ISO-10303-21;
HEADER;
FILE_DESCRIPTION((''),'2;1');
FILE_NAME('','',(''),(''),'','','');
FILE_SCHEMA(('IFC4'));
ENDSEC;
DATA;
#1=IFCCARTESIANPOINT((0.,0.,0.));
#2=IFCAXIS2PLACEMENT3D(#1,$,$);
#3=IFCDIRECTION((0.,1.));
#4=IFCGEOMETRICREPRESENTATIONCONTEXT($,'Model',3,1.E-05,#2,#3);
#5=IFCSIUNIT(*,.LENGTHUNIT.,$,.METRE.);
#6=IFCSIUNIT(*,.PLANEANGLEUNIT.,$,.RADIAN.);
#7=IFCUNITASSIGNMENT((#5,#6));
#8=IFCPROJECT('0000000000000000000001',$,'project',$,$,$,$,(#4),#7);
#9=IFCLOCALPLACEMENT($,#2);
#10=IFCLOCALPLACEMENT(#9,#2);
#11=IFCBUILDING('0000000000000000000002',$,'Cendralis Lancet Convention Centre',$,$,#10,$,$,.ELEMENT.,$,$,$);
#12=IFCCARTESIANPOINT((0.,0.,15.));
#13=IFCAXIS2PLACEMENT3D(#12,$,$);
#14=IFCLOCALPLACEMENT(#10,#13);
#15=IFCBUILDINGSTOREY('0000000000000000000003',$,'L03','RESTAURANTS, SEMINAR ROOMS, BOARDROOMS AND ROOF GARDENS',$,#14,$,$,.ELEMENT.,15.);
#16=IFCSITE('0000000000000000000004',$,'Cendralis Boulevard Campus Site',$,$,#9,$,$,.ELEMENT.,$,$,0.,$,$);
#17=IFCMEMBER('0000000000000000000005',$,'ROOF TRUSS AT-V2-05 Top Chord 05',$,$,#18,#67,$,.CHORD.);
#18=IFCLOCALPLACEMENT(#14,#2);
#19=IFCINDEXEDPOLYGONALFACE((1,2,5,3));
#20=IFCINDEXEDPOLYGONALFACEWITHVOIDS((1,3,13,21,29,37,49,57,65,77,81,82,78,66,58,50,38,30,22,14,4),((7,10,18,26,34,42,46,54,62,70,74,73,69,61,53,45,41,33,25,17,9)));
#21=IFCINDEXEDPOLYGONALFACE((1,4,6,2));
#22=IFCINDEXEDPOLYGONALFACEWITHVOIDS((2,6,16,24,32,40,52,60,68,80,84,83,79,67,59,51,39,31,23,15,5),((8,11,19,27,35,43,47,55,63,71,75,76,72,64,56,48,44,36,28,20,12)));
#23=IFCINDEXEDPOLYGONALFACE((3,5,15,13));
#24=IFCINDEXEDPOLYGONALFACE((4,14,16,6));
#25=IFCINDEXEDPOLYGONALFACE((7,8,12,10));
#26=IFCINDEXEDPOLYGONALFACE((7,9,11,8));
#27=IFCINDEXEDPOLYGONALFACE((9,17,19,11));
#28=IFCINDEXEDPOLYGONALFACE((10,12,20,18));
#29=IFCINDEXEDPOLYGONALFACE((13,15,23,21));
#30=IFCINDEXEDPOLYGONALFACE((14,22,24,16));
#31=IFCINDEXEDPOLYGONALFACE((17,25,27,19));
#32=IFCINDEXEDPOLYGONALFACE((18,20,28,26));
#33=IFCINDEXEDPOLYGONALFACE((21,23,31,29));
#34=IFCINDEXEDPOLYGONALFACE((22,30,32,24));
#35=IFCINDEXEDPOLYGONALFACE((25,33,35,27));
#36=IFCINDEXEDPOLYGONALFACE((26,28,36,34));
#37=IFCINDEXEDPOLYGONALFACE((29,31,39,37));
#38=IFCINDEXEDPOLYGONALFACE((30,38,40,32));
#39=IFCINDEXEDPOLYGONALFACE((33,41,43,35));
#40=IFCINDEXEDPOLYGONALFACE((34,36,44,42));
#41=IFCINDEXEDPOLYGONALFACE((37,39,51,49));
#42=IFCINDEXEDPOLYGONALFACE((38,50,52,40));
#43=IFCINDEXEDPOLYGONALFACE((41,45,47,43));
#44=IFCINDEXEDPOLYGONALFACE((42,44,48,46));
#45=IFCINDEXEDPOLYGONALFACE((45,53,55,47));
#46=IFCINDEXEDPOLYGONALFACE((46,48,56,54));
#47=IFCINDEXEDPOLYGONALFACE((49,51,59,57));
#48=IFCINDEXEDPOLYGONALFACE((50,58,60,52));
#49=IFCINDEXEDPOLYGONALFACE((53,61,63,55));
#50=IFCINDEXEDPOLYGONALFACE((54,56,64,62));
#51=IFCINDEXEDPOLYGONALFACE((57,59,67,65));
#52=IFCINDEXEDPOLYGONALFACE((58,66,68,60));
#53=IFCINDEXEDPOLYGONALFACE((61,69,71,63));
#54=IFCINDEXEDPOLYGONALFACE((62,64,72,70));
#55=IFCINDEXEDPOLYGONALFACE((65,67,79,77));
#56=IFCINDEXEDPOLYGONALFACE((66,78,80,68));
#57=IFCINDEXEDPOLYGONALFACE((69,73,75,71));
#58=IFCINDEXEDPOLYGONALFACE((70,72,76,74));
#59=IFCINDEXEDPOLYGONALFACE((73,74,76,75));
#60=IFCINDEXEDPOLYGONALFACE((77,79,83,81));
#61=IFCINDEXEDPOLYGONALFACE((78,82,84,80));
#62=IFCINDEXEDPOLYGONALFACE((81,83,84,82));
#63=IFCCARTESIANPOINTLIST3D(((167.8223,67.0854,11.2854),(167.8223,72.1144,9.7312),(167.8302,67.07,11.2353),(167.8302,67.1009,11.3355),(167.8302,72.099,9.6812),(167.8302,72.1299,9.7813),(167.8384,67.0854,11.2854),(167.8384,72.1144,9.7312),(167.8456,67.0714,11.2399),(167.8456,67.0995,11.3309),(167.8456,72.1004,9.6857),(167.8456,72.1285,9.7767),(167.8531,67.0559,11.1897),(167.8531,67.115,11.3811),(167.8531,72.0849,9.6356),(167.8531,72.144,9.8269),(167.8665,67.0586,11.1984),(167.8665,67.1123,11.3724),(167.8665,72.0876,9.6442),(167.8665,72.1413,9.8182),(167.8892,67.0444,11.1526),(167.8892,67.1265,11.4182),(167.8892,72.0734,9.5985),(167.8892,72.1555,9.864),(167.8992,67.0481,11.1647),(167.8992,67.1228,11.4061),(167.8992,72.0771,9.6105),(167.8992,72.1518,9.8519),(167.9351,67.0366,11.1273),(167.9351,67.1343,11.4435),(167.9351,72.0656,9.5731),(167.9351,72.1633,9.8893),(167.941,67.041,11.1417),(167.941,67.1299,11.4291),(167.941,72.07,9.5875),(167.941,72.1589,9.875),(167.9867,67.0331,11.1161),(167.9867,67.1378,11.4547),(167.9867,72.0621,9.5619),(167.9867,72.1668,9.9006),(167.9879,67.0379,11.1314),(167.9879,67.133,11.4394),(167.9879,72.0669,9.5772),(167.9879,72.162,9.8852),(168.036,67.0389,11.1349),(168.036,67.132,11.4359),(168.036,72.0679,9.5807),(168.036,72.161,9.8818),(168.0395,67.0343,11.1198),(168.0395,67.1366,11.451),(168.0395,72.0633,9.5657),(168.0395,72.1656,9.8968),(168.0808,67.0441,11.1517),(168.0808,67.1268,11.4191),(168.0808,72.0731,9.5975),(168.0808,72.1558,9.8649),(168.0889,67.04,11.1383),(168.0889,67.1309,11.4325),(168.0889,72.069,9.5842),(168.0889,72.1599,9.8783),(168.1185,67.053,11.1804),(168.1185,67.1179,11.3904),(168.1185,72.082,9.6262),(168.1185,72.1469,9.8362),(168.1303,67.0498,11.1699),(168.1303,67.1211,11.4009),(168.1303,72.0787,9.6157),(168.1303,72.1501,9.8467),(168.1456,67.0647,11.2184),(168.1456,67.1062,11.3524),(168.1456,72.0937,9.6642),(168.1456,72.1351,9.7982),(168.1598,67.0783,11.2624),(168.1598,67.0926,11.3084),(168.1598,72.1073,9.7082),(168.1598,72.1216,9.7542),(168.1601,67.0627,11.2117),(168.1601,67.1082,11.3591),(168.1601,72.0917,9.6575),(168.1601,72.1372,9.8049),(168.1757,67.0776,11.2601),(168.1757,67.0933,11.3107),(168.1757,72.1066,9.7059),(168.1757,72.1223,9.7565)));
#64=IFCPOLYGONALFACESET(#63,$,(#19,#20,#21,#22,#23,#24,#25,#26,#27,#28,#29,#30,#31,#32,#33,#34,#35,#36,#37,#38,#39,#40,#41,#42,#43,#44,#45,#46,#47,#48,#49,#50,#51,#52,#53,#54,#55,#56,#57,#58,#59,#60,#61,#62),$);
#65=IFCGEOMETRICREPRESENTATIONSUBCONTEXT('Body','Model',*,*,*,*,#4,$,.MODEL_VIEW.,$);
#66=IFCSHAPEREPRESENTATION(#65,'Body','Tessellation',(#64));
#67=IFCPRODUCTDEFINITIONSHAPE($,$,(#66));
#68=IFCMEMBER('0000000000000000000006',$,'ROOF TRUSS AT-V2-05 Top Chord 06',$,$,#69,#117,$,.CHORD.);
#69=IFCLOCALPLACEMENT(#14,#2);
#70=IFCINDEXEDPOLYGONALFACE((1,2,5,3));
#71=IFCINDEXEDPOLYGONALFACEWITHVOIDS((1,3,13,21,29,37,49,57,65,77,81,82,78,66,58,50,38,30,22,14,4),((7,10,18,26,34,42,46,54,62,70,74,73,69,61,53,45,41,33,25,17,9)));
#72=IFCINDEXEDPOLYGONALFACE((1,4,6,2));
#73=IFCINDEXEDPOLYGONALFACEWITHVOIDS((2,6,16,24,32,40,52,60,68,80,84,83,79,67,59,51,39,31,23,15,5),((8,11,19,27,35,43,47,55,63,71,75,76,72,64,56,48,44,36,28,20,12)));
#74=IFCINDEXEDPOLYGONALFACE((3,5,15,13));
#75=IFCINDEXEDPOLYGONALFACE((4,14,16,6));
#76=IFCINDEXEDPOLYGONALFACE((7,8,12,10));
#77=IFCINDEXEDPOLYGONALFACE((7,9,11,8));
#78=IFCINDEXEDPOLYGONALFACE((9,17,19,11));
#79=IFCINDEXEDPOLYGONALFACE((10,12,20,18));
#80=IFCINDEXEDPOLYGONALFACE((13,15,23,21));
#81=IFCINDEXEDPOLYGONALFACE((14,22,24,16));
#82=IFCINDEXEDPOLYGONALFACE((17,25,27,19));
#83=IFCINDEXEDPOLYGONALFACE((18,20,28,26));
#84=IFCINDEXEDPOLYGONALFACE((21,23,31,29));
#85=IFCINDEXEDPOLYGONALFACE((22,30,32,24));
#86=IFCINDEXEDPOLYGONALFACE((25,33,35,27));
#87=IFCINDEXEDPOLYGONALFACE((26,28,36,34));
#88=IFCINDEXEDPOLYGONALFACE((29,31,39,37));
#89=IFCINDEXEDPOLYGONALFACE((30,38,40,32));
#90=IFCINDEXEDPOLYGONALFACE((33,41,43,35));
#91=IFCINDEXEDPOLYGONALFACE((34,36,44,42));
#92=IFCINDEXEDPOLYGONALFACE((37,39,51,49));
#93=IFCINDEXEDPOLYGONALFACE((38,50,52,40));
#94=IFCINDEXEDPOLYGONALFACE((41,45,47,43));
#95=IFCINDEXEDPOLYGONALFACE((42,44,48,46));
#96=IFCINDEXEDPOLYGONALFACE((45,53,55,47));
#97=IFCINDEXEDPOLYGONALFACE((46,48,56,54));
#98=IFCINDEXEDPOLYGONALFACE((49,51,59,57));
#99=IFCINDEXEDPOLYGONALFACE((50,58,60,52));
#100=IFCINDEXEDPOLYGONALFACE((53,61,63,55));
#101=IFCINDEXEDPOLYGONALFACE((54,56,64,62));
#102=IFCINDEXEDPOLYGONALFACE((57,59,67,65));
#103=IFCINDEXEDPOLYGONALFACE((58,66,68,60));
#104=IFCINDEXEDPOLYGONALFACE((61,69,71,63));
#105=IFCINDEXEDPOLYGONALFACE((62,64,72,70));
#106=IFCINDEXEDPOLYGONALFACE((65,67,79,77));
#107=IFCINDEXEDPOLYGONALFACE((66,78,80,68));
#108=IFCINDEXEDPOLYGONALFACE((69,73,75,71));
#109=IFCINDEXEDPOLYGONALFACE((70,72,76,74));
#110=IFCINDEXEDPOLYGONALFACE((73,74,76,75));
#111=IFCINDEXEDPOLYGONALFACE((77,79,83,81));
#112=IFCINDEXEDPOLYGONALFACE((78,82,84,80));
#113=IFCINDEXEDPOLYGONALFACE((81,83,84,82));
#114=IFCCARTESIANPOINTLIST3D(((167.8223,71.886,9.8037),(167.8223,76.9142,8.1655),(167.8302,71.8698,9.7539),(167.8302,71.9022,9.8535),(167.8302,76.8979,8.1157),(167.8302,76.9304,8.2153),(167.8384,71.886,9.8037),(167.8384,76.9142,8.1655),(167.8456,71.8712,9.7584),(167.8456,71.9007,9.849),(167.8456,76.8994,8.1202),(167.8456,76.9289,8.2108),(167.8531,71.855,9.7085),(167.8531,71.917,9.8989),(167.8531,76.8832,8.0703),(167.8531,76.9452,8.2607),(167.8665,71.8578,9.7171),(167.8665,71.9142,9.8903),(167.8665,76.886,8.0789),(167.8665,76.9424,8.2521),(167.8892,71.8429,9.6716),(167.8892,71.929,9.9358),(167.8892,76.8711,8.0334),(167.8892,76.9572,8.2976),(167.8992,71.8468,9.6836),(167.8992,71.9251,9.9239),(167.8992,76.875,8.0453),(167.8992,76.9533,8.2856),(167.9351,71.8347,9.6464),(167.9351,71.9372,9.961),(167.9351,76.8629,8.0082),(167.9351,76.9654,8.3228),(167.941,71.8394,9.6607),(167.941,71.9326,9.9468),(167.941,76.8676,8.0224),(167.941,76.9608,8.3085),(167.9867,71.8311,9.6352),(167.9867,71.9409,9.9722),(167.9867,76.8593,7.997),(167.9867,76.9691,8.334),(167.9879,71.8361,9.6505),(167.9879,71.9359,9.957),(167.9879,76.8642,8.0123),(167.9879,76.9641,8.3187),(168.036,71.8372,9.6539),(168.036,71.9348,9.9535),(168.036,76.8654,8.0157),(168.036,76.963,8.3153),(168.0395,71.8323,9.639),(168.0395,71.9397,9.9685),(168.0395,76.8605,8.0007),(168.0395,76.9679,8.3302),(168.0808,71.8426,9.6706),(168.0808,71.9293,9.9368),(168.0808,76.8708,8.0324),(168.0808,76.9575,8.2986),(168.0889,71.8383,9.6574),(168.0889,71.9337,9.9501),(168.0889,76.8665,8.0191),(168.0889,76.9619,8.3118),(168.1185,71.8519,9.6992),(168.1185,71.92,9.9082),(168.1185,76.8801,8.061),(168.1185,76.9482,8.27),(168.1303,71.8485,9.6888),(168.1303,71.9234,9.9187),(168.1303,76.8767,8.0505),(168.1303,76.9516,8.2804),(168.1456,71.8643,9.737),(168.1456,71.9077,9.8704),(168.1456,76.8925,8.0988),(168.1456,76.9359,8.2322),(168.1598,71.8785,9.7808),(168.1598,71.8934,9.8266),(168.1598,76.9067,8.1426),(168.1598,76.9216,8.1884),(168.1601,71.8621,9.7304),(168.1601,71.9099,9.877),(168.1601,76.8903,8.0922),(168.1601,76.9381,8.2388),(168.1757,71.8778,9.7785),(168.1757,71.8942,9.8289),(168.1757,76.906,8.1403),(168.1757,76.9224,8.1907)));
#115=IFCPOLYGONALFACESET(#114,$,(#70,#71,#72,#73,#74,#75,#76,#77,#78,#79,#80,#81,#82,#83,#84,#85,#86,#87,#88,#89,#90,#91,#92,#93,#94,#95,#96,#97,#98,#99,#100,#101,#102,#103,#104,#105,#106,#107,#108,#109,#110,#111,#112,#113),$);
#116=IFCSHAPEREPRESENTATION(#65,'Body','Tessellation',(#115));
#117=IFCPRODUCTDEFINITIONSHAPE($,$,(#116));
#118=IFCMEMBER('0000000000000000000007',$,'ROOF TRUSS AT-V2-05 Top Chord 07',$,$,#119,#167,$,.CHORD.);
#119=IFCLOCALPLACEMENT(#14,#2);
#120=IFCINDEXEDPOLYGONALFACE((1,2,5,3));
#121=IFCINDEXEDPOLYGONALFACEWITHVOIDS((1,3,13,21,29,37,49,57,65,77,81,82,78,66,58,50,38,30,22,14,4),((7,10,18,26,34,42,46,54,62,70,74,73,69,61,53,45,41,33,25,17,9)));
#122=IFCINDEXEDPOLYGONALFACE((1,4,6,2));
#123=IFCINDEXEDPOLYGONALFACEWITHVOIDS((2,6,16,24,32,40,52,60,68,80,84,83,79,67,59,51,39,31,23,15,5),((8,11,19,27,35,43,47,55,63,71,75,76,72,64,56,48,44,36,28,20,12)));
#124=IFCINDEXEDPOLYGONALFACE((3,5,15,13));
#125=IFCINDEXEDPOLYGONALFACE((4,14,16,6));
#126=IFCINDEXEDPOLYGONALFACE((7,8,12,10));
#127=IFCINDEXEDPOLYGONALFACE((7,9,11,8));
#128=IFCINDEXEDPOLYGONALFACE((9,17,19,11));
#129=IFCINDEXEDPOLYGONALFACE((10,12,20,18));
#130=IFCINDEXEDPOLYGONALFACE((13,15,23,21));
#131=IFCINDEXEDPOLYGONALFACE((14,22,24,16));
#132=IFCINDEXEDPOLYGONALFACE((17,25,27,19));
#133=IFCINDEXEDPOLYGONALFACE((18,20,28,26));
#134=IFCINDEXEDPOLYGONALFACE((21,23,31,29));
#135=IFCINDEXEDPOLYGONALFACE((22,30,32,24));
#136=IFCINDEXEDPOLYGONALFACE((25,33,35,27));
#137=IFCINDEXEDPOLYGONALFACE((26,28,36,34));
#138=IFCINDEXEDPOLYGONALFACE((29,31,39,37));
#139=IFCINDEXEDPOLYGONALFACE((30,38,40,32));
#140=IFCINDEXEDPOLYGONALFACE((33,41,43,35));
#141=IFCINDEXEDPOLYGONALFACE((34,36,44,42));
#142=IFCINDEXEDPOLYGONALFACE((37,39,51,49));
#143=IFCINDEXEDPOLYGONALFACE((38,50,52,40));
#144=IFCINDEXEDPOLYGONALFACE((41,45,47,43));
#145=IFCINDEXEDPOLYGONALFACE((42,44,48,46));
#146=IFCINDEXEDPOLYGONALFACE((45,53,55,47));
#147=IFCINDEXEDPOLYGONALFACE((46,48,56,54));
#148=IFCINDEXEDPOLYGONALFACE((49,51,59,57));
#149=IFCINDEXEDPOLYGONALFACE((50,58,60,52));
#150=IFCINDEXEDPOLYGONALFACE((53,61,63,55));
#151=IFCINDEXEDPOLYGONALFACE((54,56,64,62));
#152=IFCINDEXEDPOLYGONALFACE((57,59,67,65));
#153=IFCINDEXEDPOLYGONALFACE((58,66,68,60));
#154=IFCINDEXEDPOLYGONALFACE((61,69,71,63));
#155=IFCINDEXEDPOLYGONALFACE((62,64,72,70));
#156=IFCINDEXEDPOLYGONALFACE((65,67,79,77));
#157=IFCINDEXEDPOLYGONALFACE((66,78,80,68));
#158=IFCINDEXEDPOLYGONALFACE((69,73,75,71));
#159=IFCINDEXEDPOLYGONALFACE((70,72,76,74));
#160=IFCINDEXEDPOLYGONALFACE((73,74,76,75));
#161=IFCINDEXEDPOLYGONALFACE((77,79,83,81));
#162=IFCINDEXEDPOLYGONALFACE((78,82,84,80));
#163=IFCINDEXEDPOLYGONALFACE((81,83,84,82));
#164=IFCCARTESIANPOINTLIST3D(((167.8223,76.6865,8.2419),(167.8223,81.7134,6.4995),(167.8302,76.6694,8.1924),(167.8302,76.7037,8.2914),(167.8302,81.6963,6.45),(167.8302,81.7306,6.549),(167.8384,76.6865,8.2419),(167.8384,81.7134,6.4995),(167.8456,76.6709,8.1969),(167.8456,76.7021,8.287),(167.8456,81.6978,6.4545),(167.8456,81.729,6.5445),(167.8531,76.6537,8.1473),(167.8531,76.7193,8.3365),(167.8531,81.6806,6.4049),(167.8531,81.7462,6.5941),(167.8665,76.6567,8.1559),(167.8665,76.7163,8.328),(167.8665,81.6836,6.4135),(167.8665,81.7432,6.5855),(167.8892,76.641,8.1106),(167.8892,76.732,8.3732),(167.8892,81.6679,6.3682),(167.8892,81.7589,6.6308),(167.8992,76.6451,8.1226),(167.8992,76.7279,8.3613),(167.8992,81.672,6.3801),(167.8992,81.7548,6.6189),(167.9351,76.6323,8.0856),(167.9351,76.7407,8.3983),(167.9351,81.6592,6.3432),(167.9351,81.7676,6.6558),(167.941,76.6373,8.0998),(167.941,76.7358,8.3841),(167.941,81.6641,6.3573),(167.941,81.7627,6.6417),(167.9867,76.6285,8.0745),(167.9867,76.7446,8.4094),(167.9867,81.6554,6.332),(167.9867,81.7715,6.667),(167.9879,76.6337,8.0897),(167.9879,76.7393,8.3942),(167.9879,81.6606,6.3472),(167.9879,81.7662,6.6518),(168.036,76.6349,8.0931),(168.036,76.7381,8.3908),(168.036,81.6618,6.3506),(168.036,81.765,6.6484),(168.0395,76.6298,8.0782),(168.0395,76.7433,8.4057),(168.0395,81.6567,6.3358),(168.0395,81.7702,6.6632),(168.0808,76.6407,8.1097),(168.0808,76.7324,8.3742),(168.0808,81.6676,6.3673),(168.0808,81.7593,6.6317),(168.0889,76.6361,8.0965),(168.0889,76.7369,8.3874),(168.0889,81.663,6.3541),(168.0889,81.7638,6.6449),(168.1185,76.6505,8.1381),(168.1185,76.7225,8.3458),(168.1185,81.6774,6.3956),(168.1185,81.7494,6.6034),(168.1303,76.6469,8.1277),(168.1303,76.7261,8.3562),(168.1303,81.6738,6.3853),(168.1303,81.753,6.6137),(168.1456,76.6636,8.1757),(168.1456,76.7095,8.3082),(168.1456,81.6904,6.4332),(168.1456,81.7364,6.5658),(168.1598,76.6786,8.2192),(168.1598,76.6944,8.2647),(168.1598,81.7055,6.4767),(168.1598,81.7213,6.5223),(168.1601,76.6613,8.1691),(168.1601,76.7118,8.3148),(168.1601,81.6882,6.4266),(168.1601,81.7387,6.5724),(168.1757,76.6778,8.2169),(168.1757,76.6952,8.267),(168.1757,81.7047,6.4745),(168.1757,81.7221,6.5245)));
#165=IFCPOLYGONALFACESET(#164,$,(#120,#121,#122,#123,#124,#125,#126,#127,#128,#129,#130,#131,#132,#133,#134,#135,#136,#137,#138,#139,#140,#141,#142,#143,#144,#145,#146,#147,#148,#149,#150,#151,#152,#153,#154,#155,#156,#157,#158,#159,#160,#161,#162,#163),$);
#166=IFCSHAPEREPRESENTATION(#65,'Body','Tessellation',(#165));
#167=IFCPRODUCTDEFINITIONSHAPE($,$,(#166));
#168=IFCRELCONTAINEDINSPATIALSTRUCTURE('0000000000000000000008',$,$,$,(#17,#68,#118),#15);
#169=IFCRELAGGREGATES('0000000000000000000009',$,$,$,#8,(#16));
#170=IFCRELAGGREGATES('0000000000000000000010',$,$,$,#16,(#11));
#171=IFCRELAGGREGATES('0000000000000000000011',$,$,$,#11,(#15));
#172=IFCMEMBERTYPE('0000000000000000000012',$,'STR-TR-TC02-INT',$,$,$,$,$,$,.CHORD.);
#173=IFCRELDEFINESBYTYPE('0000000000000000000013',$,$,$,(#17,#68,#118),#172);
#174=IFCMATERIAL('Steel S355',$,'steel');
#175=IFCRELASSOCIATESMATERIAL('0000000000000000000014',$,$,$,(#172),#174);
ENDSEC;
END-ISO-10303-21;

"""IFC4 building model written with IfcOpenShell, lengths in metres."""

from ifc_helpers import new_model, si_unit, direction, frame, origin, origin_2d, place, context, subcontext, project, spatial, hollow_circle, extrude, material, material_profile, profile_set, type_object, element, save


model = new_model("IFC4")

# Units and contexts
model_context = context("Model", 3, precision=1e-05, world=origin(), true_north=direction((0.0, 1.0)))
body_context = subcontext(model_context, "Body", "Model", "MODEL_VIEW")
ifc_project = project(units=[si_unit("LENGTHUNIT", "METRE"), si_unit("PLANEANGLEUNIT", "RADIAN")], contexts=[model_context])

# Site, building, storey
site_placement = place(None, origin())
site = spatial("IfcSite", under=ifc_project, at=site_placement, Name="Cendralis Boulevard Campus Site", CompositionType="ELEMENT", RefElevation=0.0)
building_placement = place(site_placement, origin())
building = spatial("IfcBuilding", under=site, at=building_placement, Name="Cendralis Lancet Convention Centre", CompositionType="ELEMENT")
storey_placement = place(building_placement, frame((0.0, 0.0, 15.0)))
storey = spatial("IfcBuildingStorey", under=building, at=storey_placement, Name="L03", Description="RESTAURANTS, SEMINAR ROOMS, BOARDROOMS AND ROOF GARDENS", CompositionType="ELEMENT", Elevation=15.0)

# Members
ifc_material = material(Name="Steel S355", Category="steel")
ifc_material_profile_1 = material_profile(ifc_material, hollow_circle(Radius=0.1777, WallThickness=0.0161, at=origin_2d()), Name="CHS 355.6x16.0")
ifc_profile_set_1 = profile_set([ifc_material_profile_1], Name="Steel S355")
member_type_1 = type_object("IfcMemberType", Name="STR-TR-TC02-INT", PredefinedType="CHORD", material=ifc_profile_set_1)
member_1_placement = place(storey_placement, frame((168.0, 67.0854, 11.2854), z_axis=(0.0, 0.955415, -0.295265), x_axis=(-1.0, 0.0, 0.0)))
element("IfcMember", 1, at=member_1_placement, inside=storey, type_object=member_type_1, Name="ROOF TRUSS AT-V2-05 Top Chord 05", PredefinedType="CHORD", context=body_context, shape_type="SweptSolid", body=[
    extrude(hollow_circle(Radius=0.1777, WallThickness=0.0161, at=origin_2d()), origin(), (0.0, 0.0, 1.0), 5.2637),
])
member_2_placement = place(storey_placement, frame((168.0, 71.886, 9.8037), z_axis=(0.0, 0.950808, -0.30978), x_axis=(-1.0, 0.0, 0.0)))
element("IfcMember", 2, at=member_2_placement, inside=storey, type_object=member_type_1, Name="ROOF TRUSS AT-V2-05 Top Chord 06", PredefinedType="CHORD", context=body_context, shape_type="SweptSolid", body=[
    extrude(hollow_circle(Radius=0.1777, WallThickness=0.0161, at=origin_2d()), origin(), (0.0, 0.0, 1.0), 5.2883),
])
member_3_placement = place(storey_placement, frame((168.0, 76.6865, 8.2419), z_axis=(0.0, 0.944849, -0.327508), x_axis=(-1.0, 0.0, 0.0)))
element("IfcMember", 3, at=member_3_placement, inside=storey, type_object=member_type_1, Name="ROOF TRUSS AT-V2-05 Top Chord 07", PredefinedType="CHORD", context=body_context, shape_type="SweptSolid", body=[
    extrude(hollow_circle(Radius=0.1777, WallThickness=0.0161, at=origin_2d()), origin(), (0.0, 0.0, 1.0), 5.3203),
])

save(model, "model.ifc")
